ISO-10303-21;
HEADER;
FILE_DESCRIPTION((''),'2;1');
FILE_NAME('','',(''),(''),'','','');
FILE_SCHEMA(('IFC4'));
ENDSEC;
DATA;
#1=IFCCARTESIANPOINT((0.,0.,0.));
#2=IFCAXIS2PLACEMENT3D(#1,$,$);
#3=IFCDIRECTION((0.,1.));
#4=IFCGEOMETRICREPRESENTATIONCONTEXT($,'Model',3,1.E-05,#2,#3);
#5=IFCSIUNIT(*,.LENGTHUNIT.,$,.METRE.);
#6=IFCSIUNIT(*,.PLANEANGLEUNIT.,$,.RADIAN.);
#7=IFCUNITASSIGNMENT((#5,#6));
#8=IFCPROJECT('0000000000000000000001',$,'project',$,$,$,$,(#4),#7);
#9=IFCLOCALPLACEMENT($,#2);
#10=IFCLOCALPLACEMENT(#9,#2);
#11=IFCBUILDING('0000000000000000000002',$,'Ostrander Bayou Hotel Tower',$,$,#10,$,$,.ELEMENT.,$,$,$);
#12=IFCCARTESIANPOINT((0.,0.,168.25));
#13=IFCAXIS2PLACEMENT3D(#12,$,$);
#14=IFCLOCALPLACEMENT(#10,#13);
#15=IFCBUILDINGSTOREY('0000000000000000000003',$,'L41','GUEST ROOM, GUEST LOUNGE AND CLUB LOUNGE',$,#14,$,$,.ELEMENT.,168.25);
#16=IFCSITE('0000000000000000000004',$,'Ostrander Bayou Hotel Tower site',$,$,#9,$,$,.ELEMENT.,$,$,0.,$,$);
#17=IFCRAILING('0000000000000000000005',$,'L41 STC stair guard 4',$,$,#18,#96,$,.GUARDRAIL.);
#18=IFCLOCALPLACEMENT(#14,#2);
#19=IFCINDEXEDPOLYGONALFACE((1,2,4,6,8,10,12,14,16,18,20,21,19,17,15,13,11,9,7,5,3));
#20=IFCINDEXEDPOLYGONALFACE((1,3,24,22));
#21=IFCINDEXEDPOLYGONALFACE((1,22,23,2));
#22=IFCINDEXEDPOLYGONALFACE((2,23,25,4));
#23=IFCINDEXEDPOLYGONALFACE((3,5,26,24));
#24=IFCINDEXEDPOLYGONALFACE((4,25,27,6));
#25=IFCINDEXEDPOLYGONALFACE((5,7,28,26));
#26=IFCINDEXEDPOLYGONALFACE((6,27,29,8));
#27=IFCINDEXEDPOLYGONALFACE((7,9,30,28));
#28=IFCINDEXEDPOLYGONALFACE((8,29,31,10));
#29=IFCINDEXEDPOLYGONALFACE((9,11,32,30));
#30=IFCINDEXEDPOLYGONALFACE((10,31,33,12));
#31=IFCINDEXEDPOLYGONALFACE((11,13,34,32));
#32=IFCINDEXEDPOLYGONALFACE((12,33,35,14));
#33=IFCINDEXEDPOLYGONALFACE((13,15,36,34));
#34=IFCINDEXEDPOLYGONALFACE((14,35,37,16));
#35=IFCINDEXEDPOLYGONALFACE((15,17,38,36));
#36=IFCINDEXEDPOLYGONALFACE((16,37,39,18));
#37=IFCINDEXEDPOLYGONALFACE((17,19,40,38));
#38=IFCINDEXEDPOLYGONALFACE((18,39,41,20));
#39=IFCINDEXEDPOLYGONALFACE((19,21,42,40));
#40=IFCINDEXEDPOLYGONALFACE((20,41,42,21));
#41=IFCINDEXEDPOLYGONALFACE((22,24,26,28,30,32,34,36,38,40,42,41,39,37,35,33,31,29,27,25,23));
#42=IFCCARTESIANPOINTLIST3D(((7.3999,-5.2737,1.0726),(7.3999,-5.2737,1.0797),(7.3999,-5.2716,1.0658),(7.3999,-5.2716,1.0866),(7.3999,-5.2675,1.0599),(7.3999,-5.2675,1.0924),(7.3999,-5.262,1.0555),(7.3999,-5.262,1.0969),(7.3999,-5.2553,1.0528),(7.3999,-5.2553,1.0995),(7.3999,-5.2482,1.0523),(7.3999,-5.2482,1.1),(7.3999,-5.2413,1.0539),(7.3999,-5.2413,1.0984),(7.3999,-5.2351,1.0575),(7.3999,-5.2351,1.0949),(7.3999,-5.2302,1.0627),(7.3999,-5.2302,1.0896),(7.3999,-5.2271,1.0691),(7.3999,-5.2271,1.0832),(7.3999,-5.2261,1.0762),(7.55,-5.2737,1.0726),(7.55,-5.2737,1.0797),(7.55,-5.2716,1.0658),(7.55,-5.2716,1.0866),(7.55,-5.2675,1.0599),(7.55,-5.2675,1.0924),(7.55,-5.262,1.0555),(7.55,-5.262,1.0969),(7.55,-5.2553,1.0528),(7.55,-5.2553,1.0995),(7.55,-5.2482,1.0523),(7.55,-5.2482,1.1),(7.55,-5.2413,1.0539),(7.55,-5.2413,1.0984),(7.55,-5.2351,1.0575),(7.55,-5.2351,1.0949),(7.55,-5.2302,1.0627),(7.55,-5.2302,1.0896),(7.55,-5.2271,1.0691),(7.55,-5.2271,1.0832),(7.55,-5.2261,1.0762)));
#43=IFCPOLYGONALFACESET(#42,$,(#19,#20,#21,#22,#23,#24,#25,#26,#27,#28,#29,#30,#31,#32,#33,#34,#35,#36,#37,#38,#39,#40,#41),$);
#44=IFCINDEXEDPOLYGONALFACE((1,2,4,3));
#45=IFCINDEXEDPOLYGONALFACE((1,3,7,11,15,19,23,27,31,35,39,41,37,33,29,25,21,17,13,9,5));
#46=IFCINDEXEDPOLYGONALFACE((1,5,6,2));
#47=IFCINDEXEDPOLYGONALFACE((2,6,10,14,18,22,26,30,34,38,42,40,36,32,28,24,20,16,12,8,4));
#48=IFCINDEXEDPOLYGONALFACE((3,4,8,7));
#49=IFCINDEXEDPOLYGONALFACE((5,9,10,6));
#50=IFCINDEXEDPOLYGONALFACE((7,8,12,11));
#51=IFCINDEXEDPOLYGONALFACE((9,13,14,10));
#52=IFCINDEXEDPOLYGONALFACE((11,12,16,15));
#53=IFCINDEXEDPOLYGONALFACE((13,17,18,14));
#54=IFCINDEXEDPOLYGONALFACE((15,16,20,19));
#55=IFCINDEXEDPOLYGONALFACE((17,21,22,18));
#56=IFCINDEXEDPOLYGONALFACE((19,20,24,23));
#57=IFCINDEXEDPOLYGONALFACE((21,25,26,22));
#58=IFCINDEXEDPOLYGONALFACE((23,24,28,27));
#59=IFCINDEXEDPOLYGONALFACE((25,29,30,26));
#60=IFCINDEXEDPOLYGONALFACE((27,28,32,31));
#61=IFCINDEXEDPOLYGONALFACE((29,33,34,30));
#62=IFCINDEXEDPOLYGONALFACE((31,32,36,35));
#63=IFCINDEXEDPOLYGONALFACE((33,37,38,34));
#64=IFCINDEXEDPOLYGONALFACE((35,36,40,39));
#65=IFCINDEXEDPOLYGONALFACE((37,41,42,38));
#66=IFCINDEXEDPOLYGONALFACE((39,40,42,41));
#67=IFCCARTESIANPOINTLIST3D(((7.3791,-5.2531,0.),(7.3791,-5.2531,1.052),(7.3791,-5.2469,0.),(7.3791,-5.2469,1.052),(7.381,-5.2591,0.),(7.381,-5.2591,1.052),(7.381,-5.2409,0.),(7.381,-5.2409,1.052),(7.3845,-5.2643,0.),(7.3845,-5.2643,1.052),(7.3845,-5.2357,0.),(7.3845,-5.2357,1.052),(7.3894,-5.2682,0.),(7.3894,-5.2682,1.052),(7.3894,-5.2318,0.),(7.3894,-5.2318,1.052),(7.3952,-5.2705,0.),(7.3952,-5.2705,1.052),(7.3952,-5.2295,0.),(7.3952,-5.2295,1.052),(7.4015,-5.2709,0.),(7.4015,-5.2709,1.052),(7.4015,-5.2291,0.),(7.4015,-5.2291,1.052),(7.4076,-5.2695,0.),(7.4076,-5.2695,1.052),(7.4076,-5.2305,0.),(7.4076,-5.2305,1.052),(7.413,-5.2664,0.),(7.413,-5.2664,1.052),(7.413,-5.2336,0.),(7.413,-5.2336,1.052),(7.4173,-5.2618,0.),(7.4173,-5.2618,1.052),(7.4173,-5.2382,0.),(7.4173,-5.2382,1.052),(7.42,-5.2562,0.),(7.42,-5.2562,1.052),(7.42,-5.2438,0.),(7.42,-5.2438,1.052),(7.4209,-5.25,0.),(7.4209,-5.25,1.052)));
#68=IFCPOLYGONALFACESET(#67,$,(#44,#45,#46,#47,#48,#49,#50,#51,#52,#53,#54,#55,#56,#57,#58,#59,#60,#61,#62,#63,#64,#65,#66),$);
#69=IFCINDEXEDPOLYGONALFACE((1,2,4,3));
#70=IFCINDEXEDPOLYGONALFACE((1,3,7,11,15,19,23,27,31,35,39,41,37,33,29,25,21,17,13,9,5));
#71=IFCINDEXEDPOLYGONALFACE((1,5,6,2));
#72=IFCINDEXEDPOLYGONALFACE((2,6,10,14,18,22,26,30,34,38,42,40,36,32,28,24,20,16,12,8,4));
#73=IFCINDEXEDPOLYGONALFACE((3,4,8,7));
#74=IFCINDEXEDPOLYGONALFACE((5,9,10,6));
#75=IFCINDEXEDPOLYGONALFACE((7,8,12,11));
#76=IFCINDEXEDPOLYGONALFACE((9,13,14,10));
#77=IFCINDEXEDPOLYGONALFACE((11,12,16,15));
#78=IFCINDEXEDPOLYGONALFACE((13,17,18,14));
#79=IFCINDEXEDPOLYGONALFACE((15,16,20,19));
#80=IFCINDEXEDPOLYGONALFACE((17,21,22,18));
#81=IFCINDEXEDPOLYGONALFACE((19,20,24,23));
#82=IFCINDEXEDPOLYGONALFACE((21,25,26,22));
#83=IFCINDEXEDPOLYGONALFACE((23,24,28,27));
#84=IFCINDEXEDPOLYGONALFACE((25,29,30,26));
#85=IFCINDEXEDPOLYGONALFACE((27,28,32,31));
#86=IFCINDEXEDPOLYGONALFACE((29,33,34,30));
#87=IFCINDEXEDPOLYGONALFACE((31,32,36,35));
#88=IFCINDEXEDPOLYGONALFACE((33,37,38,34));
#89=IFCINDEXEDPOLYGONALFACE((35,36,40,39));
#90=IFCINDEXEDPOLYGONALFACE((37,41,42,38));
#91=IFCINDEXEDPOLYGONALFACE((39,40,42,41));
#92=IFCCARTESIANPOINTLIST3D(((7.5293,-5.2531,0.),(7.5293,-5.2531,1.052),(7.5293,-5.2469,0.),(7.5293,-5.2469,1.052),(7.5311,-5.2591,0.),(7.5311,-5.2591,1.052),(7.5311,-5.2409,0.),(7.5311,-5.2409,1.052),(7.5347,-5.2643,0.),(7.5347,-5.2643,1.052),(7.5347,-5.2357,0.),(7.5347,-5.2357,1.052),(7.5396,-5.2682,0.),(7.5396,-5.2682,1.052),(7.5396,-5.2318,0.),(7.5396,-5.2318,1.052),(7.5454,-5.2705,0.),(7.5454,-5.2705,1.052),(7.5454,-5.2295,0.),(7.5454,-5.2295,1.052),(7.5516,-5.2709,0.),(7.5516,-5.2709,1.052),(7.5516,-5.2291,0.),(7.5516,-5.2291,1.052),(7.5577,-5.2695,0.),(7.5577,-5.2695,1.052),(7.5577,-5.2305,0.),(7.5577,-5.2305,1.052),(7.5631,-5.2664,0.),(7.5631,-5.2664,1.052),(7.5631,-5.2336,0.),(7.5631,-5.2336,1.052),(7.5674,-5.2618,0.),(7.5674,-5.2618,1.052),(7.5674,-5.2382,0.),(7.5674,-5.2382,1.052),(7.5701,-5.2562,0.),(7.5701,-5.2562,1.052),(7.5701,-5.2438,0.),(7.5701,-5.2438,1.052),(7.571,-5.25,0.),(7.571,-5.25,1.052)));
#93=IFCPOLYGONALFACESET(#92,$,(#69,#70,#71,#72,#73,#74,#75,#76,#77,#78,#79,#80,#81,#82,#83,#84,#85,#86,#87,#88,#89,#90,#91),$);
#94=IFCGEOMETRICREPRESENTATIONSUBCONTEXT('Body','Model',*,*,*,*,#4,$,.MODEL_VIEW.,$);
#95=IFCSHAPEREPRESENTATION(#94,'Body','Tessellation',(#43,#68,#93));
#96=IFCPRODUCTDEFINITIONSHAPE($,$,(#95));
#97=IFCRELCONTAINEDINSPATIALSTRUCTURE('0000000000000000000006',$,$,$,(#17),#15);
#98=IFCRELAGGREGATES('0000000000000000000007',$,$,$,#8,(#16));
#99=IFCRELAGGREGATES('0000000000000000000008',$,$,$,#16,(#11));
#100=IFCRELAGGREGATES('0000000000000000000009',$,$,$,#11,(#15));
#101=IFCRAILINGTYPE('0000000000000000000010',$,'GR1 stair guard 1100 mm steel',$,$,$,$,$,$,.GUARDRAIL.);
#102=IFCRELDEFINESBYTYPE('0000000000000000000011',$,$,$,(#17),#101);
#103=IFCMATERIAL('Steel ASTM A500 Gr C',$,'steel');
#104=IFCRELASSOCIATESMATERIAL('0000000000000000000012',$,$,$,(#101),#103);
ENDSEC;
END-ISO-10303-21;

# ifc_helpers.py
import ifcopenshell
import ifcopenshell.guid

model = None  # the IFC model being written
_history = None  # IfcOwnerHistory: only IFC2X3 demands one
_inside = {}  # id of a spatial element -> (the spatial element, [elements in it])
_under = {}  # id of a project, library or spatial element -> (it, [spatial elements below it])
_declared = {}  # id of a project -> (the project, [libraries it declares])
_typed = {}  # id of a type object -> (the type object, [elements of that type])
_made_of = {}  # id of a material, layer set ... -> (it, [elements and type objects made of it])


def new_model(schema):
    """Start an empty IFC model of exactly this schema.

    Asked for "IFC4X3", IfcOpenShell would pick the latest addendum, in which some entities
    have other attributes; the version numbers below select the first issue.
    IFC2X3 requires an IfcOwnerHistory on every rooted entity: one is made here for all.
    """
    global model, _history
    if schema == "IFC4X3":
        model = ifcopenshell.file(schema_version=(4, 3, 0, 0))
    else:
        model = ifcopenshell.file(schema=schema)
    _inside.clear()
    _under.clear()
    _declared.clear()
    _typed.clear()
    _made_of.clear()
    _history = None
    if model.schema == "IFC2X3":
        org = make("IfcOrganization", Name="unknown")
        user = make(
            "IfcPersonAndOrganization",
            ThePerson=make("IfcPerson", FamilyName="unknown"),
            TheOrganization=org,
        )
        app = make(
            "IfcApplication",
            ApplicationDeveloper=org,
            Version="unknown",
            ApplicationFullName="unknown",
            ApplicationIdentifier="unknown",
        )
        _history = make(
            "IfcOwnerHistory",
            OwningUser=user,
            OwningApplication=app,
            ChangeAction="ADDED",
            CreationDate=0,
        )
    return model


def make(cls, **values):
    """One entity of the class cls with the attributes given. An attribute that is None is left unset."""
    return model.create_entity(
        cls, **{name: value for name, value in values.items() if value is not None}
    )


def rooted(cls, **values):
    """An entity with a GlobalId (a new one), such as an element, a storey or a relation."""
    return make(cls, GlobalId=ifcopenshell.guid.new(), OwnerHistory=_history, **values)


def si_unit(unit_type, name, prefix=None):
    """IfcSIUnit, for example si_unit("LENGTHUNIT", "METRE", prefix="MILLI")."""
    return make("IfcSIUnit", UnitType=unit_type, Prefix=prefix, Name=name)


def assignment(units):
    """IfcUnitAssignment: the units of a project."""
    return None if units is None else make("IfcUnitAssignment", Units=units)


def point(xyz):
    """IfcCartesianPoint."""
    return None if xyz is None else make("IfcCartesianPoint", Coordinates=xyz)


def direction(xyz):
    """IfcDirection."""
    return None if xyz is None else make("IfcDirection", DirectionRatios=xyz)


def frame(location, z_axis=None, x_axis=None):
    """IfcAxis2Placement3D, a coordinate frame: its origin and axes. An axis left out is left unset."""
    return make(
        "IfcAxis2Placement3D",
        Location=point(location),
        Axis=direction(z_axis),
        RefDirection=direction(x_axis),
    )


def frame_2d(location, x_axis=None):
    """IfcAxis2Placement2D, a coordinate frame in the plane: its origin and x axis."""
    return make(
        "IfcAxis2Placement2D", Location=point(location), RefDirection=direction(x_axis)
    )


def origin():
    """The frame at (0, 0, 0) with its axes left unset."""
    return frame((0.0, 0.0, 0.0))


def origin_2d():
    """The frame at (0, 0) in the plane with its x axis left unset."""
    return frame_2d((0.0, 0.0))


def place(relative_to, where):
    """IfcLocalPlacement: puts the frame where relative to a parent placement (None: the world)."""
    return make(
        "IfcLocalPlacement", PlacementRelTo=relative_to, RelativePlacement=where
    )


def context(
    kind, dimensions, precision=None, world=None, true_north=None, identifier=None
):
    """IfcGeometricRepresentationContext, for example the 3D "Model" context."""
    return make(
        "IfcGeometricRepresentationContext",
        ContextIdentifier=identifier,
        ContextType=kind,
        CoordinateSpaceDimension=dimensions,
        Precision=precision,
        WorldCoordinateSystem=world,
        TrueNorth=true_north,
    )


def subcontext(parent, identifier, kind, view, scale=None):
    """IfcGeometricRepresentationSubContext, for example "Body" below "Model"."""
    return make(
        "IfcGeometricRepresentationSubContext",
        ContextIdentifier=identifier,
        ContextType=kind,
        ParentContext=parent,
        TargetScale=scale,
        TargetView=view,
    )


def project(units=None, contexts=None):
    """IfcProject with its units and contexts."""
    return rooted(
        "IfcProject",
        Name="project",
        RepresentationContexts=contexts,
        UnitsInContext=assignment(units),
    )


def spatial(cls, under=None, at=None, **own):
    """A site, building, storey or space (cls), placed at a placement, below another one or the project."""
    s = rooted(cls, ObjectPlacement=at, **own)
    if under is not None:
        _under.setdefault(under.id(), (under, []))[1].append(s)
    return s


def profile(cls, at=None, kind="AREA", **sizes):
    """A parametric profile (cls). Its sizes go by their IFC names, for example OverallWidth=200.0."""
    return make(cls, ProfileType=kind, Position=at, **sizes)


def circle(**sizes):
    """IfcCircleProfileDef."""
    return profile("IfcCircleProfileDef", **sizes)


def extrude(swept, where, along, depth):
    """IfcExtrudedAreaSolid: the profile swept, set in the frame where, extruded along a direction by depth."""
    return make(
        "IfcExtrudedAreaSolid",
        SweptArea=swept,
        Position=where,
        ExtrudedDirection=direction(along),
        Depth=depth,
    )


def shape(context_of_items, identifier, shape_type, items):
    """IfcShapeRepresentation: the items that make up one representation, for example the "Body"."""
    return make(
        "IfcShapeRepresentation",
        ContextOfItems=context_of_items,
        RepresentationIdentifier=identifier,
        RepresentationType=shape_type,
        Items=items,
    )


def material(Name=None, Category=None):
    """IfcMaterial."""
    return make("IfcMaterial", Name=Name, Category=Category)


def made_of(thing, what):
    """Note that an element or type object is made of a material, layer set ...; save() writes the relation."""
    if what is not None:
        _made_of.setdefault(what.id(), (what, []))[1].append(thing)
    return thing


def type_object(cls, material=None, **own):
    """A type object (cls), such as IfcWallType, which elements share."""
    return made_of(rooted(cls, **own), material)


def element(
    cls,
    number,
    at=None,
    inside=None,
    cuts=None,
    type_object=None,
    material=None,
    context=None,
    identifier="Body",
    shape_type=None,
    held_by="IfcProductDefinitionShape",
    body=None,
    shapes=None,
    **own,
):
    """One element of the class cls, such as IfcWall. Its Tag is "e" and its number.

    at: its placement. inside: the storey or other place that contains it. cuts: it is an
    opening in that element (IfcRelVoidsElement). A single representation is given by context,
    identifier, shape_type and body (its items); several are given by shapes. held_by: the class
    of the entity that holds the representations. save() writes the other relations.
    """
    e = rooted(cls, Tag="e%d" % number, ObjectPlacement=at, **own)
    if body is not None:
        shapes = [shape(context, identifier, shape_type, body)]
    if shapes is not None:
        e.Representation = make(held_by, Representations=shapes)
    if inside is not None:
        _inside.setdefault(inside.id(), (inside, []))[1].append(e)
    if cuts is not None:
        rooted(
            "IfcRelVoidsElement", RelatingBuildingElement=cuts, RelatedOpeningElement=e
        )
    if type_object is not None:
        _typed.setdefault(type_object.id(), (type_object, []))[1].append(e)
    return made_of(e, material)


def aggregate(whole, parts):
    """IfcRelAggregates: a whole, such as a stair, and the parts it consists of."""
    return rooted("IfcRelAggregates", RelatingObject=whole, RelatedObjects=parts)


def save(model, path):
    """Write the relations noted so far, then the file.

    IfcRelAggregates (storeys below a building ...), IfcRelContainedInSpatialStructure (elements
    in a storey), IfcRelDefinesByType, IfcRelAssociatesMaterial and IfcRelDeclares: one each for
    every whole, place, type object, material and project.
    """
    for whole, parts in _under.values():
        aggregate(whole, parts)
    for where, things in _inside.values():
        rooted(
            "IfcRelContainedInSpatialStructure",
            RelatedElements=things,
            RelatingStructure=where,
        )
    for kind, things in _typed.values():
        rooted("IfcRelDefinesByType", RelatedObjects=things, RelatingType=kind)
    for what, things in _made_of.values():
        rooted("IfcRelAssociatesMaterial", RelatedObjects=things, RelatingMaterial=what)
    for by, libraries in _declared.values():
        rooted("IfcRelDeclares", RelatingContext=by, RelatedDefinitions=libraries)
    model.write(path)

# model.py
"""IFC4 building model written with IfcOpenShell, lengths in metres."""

from ifc_helpers import new_model, si_unit, direction, frame, origin, origin_2d, place, context, subcontext, project, spatial, circle, extrude, material, type_object, element, save


model = new_model("IFC4")

# Units and contexts
model_context = context("Model", 3, precision=1e-05, world=origin(), true_north=direction((0.0, 1.0)))
body_context = subcontext(model_context, "Body", "Model", "MODEL_VIEW")
ifc_project = project(units=[si_unit("LENGTHUNIT", "METRE"), si_unit("PLANEANGLEUNIT", "RADIAN")], contexts=[model_context])

# Site, building, storey
site_placement = place(None, origin())
site = spatial("IfcSite", under=ifc_project, at=site_placement, Name="Ostrander Bayou Hotel Tower site", CompositionType="ELEMENT", RefElevation=0.0)
building_placement = place(site_placement, origin())
building = spatial("IfcBuilding", under=site, at=building_placement, Name="Ostrander Bayou Hotel Tower", CompositionType="ELEMENT")
storey_placement = place(building_placement, frame((0.0, 0.0, 168.25)))
storey = spatial("IfcBuildingStorey", under=building, at=storey_placement, Name="L41", Description="GUEST ROOM, GUEST LOUNGE AND CLUB LOUNGE", CompositionType="ELEMENT", Elevation=168.25)

# Railing
ifc_material_1 = material(Name="Steel ASTM A500 Gr C", Category="steel")
railing_type_1 = type_object("IfcRailingType", Name="GR1 stair guard 1100 mm steel", PredefinedType="GUARDRAIL", material=ifc_material_1)
railing_1_placement = place(storey_placement, frame((7.3999, -5.25, 0.0)))
element("IfcRailing", 1, at=railing_1_placement, inside=storey, type_object=railing_type_1, Name="L41 STC stair guard 4", PredefinedType="GUARDRAIL", context=body_context, shape_type="SweptSolid", body=[
    extrude(circle(Radius=0.0239, at=origin_2d()), frame((0.0, 0.0, 1.0762), z_axis=(1.0, 0.0, 0.0), x_axis=(0.0, 1.0, 0.0)), (0.0, 0.0, 1.0), 0.1501),
    extrude(circle(Radius=0.021, at=origin_2d()), origin(), (0.0, 0.0, 1.0), 1.052),
    extrude(circle(Radius=0.021, at=origin_2d()), frame((0.1501, 0.0, 0.0)), (0.0, 0.0, 1.0), 1.052),
])

save(model, "model.ifc")
